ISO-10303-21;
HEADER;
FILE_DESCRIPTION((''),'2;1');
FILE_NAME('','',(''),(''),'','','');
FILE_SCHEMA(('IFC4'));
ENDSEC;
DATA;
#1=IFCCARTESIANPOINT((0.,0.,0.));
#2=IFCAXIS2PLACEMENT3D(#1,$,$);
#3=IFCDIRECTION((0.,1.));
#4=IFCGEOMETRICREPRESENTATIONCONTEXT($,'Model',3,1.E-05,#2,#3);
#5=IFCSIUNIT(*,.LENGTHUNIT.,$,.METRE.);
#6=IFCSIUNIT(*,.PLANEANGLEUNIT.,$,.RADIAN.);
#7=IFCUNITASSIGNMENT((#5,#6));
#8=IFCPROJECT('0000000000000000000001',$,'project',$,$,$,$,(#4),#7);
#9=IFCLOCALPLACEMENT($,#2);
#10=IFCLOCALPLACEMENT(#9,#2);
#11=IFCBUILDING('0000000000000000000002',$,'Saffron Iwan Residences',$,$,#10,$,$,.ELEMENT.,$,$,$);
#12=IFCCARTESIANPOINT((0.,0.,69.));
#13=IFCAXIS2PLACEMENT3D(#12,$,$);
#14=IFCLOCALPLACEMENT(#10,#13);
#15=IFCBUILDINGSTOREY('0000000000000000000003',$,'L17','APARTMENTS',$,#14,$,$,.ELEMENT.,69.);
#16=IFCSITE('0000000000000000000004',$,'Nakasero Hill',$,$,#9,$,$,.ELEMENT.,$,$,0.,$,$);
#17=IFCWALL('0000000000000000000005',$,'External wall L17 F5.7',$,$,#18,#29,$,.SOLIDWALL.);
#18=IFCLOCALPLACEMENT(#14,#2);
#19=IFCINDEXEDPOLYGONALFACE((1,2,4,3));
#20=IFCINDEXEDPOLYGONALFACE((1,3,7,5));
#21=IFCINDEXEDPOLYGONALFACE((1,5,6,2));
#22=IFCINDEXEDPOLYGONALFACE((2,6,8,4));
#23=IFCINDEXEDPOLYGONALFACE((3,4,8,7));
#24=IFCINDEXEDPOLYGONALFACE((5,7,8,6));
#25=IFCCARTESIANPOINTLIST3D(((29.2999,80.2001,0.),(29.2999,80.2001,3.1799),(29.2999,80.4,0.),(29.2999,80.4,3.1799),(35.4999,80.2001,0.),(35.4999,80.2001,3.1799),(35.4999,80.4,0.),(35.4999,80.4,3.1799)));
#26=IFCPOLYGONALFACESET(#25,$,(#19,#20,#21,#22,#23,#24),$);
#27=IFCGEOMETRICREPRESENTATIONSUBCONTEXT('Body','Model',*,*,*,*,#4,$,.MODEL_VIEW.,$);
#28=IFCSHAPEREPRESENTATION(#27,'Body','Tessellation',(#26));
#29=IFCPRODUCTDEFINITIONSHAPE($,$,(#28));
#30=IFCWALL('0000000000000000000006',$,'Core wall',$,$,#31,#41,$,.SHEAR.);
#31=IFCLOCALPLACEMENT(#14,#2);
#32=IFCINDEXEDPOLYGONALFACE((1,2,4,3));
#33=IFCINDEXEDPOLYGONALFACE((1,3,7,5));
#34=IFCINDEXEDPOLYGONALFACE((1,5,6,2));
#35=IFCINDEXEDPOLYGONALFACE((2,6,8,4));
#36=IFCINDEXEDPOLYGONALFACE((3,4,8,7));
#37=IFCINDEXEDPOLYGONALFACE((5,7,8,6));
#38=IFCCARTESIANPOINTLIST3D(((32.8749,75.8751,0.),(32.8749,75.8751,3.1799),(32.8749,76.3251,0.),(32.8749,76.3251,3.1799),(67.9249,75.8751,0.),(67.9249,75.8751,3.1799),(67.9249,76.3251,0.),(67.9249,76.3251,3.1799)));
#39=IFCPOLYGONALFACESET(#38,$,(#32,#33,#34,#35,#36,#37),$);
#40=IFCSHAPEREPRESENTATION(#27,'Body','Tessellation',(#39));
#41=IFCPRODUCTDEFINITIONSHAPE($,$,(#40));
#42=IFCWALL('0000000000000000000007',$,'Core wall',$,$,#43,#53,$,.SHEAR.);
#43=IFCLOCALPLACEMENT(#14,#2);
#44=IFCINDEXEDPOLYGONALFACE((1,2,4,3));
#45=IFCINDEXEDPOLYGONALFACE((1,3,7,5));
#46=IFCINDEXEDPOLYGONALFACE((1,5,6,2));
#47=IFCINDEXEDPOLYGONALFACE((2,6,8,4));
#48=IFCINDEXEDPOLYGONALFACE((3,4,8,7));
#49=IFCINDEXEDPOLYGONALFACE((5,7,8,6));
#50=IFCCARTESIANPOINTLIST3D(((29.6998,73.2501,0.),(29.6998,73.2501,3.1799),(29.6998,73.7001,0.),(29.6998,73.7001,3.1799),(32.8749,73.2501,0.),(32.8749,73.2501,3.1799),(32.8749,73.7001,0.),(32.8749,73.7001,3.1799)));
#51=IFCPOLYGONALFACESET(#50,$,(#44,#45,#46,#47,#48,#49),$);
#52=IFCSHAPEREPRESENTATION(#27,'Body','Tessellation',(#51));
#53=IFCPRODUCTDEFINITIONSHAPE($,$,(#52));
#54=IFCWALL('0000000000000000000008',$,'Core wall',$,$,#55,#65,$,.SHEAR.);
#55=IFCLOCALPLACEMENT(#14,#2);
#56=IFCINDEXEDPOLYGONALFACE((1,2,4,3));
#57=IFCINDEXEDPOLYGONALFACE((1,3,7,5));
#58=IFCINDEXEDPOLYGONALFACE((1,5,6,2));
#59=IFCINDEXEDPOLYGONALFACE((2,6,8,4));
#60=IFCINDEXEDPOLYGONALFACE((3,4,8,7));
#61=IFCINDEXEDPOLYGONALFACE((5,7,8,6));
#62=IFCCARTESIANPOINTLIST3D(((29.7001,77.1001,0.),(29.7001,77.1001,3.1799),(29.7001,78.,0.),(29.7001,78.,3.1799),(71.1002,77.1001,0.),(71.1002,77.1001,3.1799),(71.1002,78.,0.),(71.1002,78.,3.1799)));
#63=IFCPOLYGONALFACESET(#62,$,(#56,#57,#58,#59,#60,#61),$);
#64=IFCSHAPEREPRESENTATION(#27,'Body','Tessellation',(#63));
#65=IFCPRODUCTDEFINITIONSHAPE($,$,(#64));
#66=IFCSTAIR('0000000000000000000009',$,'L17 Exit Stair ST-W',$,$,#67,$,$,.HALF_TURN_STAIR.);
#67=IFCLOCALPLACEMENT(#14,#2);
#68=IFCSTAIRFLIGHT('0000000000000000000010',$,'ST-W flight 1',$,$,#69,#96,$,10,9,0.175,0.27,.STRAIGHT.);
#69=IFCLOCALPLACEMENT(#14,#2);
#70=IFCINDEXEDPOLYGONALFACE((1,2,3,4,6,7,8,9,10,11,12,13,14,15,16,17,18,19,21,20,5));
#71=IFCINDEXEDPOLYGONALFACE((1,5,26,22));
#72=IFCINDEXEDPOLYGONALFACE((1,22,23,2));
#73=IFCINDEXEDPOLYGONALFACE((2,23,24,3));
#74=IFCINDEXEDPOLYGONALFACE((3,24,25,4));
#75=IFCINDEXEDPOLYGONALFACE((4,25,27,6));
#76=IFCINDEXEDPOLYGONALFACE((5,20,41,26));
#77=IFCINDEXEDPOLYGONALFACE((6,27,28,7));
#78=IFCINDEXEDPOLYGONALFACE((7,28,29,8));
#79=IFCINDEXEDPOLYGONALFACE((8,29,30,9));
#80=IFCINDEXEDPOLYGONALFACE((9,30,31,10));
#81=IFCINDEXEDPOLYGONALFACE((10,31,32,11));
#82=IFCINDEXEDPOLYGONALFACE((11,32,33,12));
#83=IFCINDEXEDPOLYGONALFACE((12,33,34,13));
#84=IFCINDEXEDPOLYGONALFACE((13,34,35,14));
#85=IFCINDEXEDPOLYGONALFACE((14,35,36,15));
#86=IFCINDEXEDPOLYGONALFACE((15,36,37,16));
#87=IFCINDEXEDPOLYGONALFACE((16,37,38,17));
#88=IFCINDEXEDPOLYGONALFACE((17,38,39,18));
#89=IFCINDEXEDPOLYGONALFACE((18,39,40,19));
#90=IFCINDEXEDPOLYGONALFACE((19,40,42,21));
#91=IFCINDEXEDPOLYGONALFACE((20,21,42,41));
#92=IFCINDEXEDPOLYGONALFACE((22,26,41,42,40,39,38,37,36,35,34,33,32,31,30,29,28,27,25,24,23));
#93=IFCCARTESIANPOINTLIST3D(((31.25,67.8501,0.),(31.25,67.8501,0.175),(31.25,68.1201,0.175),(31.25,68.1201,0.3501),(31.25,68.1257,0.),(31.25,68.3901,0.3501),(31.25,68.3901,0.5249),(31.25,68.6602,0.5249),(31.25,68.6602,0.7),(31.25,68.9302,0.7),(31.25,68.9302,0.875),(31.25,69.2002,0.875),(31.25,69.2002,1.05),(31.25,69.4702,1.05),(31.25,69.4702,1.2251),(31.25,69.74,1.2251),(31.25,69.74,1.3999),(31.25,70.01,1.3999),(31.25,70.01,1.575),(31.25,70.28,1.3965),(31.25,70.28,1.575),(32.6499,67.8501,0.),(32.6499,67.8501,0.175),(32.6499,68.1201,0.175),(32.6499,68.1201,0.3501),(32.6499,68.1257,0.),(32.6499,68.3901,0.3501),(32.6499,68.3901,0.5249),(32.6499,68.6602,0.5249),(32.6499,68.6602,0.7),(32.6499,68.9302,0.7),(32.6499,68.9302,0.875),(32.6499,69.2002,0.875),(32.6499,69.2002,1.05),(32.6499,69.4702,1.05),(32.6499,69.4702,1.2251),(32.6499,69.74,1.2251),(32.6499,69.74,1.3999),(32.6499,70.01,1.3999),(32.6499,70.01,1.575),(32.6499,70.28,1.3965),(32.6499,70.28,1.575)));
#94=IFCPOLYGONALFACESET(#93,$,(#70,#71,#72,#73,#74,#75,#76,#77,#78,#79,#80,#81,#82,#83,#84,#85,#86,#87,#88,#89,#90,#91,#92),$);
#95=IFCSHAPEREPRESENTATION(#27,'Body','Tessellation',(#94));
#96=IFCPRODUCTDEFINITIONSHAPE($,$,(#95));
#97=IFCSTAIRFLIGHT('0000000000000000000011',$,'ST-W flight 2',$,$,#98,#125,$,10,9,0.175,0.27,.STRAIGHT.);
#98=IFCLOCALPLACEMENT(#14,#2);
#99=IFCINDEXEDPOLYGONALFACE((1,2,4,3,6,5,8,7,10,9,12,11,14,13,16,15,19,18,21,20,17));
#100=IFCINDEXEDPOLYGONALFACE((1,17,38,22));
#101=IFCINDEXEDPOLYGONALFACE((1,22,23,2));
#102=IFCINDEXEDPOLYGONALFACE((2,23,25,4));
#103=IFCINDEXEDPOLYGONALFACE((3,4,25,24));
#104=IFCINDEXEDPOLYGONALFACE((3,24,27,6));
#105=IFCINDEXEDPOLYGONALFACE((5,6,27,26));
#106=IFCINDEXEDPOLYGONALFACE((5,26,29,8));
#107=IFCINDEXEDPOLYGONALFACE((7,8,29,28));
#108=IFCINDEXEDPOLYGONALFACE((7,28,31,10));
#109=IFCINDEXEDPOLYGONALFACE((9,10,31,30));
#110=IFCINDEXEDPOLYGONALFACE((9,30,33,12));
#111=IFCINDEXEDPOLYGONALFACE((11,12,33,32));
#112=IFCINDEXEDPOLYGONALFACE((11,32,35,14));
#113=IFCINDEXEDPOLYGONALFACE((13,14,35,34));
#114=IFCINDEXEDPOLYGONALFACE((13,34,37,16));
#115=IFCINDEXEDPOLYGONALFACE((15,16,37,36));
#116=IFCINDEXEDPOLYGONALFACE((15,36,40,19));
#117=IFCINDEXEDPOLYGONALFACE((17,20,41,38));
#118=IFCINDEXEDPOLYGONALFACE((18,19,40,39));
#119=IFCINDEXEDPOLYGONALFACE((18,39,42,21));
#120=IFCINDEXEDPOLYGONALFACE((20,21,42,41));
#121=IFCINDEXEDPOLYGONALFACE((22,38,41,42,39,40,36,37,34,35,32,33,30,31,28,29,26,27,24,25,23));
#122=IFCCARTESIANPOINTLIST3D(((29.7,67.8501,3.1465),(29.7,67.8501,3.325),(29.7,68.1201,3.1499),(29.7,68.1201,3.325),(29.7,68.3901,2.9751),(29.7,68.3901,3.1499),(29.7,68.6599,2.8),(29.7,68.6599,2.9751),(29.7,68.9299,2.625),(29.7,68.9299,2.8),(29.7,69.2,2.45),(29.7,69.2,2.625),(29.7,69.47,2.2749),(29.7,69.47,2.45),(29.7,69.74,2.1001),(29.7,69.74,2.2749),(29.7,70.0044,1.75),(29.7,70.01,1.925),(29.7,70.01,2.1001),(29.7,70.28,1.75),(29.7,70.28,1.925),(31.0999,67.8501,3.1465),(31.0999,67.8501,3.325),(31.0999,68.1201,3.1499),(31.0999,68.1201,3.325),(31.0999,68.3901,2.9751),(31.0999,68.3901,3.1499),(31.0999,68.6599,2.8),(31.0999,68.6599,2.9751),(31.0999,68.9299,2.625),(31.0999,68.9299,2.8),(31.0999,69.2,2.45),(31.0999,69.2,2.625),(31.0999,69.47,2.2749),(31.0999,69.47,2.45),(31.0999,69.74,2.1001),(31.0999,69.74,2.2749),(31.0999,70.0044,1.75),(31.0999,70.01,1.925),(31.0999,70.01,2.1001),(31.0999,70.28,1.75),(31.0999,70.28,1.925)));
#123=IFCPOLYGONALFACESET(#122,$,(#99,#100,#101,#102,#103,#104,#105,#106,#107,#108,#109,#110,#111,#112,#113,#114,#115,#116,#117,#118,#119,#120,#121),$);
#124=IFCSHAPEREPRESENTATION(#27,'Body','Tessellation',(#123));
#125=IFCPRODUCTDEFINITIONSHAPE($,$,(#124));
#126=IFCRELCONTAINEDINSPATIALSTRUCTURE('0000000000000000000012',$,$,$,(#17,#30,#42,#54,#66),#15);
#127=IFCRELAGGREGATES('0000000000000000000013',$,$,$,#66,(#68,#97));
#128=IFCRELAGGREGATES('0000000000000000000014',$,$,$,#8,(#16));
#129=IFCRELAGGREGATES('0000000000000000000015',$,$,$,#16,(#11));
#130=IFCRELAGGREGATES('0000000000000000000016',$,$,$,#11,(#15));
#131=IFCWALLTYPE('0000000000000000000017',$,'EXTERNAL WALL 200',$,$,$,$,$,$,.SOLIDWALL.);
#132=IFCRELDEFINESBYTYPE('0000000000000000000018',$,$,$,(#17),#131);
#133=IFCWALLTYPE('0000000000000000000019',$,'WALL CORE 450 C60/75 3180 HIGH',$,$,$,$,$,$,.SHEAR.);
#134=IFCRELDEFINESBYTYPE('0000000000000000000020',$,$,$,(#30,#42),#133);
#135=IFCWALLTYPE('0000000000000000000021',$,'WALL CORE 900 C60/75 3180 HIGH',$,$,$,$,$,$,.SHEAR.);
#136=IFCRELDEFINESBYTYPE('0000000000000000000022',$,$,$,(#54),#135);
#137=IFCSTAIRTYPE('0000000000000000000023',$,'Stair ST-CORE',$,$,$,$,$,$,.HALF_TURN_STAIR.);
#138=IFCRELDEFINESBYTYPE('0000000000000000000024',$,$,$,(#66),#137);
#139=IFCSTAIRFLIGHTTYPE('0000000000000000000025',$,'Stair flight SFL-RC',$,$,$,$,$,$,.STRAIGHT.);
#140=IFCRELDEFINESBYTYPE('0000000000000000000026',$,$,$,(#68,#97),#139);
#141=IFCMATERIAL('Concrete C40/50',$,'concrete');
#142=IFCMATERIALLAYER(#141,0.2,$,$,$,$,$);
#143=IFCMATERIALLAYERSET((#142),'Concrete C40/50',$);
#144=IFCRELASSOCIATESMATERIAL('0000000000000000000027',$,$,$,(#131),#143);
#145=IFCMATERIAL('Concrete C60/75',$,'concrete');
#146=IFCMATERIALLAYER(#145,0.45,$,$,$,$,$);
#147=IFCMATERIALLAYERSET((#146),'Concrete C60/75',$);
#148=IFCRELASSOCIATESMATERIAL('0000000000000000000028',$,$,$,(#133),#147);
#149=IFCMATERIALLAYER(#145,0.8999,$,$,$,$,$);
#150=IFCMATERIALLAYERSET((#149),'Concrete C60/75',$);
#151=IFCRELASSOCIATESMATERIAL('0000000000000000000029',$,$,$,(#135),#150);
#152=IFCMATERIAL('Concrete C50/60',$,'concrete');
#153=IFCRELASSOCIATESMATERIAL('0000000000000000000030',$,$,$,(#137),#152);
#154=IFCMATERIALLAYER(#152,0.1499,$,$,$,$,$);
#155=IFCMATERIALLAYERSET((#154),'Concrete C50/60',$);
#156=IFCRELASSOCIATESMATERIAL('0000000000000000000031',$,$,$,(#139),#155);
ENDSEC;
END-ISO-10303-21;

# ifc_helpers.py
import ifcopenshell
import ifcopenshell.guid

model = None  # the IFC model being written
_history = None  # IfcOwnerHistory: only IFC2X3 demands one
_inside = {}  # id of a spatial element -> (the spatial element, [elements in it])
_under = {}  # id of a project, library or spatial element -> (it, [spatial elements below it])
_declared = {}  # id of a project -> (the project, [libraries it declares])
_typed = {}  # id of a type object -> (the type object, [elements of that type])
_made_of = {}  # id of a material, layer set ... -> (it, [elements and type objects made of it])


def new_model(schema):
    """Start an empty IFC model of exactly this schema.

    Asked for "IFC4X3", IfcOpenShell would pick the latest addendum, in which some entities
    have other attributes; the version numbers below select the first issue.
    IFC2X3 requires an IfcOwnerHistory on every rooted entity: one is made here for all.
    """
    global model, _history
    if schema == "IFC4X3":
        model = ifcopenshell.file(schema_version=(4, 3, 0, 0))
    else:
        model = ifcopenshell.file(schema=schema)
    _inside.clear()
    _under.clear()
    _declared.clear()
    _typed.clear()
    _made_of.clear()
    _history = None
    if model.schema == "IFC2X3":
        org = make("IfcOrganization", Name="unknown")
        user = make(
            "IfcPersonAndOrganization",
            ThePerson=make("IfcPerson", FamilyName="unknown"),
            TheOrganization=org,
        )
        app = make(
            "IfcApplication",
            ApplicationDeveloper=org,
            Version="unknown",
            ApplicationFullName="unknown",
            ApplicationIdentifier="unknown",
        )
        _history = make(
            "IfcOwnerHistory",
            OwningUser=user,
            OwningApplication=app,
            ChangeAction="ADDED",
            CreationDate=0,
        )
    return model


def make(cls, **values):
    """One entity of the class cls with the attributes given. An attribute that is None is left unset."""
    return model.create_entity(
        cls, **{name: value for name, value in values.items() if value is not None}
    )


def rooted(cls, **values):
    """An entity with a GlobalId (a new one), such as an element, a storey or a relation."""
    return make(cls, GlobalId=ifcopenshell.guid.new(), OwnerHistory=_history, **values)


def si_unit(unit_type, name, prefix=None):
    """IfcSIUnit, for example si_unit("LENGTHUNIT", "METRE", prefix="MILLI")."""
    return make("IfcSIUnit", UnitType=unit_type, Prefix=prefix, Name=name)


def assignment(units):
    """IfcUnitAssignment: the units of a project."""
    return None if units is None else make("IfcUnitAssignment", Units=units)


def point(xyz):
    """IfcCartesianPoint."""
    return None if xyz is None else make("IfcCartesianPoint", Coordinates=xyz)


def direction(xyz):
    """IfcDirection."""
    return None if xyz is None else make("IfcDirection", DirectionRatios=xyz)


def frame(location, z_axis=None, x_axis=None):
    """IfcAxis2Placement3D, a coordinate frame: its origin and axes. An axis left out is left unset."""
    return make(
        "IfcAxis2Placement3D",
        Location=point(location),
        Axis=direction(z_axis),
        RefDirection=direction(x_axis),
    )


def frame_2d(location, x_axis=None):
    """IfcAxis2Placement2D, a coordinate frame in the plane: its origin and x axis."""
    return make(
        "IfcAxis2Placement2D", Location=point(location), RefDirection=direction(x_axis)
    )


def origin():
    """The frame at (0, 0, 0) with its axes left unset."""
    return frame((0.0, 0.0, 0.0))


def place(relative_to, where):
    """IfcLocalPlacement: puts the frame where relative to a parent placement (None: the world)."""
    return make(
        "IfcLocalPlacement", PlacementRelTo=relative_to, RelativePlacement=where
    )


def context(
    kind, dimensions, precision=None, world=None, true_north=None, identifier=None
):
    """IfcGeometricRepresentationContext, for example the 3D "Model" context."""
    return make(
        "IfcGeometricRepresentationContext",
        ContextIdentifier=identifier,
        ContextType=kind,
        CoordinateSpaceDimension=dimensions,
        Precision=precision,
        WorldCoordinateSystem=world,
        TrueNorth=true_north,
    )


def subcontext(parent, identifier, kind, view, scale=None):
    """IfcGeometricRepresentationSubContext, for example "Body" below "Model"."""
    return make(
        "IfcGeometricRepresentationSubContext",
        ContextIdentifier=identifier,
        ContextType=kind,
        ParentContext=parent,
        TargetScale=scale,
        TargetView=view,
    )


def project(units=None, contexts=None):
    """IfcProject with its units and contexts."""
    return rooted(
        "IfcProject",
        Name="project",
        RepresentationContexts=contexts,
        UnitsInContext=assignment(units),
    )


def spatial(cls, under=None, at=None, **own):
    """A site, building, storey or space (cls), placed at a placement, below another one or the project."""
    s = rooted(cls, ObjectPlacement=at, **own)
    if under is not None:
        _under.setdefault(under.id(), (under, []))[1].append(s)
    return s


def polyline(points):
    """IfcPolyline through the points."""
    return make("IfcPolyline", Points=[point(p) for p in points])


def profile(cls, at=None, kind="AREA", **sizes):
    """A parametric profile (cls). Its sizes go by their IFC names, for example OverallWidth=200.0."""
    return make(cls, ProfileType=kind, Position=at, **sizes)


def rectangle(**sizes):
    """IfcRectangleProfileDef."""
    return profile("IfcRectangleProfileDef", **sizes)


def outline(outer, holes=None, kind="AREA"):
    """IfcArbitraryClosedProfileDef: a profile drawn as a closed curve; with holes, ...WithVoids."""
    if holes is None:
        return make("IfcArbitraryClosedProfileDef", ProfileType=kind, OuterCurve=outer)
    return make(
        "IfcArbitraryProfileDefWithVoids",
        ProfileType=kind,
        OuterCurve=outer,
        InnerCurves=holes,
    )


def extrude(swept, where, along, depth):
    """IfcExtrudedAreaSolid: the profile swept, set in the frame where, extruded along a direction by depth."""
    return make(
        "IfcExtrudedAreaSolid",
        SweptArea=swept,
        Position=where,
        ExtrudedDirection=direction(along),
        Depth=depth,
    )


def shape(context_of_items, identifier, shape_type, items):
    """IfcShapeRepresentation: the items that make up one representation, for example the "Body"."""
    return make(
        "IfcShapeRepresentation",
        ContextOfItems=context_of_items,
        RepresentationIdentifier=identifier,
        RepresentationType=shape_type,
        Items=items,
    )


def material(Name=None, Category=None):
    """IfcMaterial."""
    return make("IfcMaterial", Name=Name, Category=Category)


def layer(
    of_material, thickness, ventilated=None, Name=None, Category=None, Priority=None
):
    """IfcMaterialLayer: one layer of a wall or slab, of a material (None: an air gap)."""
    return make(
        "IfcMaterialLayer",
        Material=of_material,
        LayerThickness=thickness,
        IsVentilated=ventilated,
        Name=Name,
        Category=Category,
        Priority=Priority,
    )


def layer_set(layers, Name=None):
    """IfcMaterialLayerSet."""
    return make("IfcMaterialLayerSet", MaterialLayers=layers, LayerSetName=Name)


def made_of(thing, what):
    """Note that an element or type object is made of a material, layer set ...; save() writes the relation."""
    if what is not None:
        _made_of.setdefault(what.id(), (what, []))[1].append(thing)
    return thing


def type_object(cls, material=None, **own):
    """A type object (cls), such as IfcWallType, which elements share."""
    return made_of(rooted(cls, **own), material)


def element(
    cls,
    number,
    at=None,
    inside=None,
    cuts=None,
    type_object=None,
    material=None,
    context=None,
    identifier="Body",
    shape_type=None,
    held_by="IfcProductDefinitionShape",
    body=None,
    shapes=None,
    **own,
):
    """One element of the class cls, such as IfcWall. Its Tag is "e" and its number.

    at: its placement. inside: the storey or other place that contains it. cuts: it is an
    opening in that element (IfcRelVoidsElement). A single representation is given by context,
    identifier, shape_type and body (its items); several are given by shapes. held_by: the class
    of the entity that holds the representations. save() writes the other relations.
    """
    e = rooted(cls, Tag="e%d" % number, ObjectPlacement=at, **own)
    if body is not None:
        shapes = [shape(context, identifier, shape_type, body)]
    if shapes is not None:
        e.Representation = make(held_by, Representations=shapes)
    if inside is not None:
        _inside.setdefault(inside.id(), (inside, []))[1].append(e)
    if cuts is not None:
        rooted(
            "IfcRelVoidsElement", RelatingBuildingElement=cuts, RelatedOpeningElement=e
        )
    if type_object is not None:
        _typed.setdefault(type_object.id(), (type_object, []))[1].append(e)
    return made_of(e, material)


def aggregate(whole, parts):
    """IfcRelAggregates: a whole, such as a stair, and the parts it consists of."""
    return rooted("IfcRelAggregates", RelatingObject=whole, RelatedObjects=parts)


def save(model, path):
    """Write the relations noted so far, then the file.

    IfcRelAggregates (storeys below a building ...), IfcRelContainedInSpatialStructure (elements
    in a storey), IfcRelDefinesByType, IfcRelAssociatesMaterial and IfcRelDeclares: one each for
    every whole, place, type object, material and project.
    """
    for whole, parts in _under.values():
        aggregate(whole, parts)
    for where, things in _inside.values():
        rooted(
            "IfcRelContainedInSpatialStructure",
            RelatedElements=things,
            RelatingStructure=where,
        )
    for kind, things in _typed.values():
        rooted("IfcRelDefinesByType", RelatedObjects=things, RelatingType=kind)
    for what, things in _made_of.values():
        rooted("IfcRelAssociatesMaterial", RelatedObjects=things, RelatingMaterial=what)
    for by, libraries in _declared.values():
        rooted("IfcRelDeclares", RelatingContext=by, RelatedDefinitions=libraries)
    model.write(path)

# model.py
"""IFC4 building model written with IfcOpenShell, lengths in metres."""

from ifc_helpers import new_model, si_unit, direction, frame, frame_2d, origin, place, context, subcontext, project, spatial, polyline, rectangle, outline, extrude, material, layer, layer_set, type_object, element, aggregate, save


model = new_model("IFC4")

# Units and contexts
model_context = context("Model", 3, precision=1e-05, world=origin(), true_north=direction((0.0, 1.0)))
body_context = subcontext(model_context, "Body", "Model", "MODEL_VIEW")
ifc_project = project(units=[si_unit("LENGTHUNIT", "METRE"), si_unit("PLANEANGLEUNIT", "RADIAN")], contexts=[model_context])

# Site, building, storey
site_placement = place(None, origin())
site = spatial("IfcSite", under=ifc_project, at=site_placement, Name="Nakasero Hill", CompositionType="ELEMENT", RefElevation=0.0)
building_placement = place(site_placement, origin())
building = spatial("IfcBuilding", under=site, at=building_placement, Name="Saffron Iwan Residences", CompositionType="ELEMENT")
storey_placement = place(building_placement, frame((0.0, 0.0, 69.0)))
storey = spatial("IfcBuildingStorey", under=building, at=storey_placement, Name="L17", Description="APARTMENTS", CompositionType="ELEMENT", Elevation=69.0)

# Wall
ifc_material_1 = material(Name="Concrete C40/50", Category="concrete")
ifc_layer_1 = layer(ifc_material_1, 0.2)
ifc_layer_set_1 = layer_set([ifc_layer_1], Name="Concrete C40/50")
wall_type_1 = type_object("IfcWallType", Name="EXTERNAL WALL 200", PredefinedType="SOLIDWALL", material=ifc_layer_set_1)
wall_1_placement = place(storey_placement, frame((35.5, 80.3, 0.0), z_axis=(0.0, 0.0, 1.0), x_axis=(-1.0, 0.0, 0.0)))
element("IfcWall", 1, at=wall_1_placement, inside=storey, type_object=wall_type_1, Name="External wall L17 F5.7", PredefinedType="SOLIDWALL", context=body_context, shape_type="SweptSolid", body=[
    extrude(rectangle(XDim=6.2, YDim=0.2, at=frame_2d((3.1001, 0.0))), origin(), (0.0, 0.0, 1.0), 3.1799),
])

# Shared definitions
ifc_material_2 = material(Name="Concrete C60/75", Category="concrete")
ifc_layer_2 = layer(ifc_material_2, 0.45)
ifc_layer_set_2 = layer_set([ifc_layer_2], Name="Concrete C60/75")
wall_type_2 = type_object("IfcWallType", Name="WALL CORE 450 C60/75 3180 HIGH", PredefinedType="SHEAR", material=ifc_layer_set_2)

# Walls
wall_2_placement = place(storey_placement, frame((32.875, 76.1001, 0.0), z_axis=(0.0, 0.0, 1.0), x_axis=(1.0, 0.0, 0.0)))
element("IfcWall", 2, at=wall_2_placement, inside=storey, type_object=wall_type_2, Name="Core wall", PredefinedType="SHEAR", context=body_context, shape_type="SweptSolid", body=[
    extrude(rectangle(XDim=35.05, YDim=0.45, at=frame_2d((17.5249, 0.0))), origin(), (0.0, 0.0, 1.0), 3.1799),
])
wall_3_placement = place(storey_placement, frame((29.7, 73.4751, 0.0), z_axis=(0.0, 0.0, 1.0), x_axis=(1.0, 0.0, 0.0)))
element("IfcWall", 3, at=wall_3_placement, inside=storey, type_object=wall_type_2, Name="Core wall", PredefinedType="SHEAR", context=body_context, shape_type="SweptSolid", body=[
    extrude(rectangle(XDim=3.175, YDim=0.45, at=frame_2d((1.5874, 0.0))), origin(), (0.0, 0.0, 1.0), 3.1799),
])
ifc_layer_3 = layer(ifc_material_2, 0.8999)
ifc_layer_set_3 = layer_set([ifc_layer_3], Name="Concrete C60/75")
wall_type_3 = type_object("IfcWallType", Name="WALL CORE 900 C60/75 3180 HIGH", PredefinedType="SHEAR", material=ifc_layer_set_3)
wall_4_placement = place(storey_placement, frame((29.7, 77.55, 0.0), z_axis=(0.0, 0.0, 1.0), x_axis=(1.0, 0.0, 0.0)))
element("IfcWall", 4, at=wall_4_placement, inside=storey, type_object=wall_type_3, Name="Core wall", PredefinedType="SHEAR", context=body_context, shape_type="SweptSolid", body=[
    extrude(rectangle(XDim=41.4001, YDim=0.8999, at=frame_2d((20.7002, 0.0))), origin(), (0.0, 0.0, 1.0), 3.1799),
])

# Stair, stair flights
ifc_material_3 = material(Name="Concrete C50/60", Category="concrete")
stair_type = type_object("IfcStairType", Name="Stair ST-CORE", PredefinedType="HALF_TURN_STAIR", material=ifc_material_3)
stair_placement = place(storey_placement, origin())
stair = element("IfcStair", 5, at=stair_placement, inside=storey, type_object=stair_type, Name="L17 Exit Stair ST-W", PredefinedType="HALF_TURN_STAIR")
ifc_layer_4 = layer(ifc_material_3, 0.1499)
ifc_layer_set_4 = layer_set([ifc_layer_4], Name="Concrete C50/60")
stair_flight_type = type_object("IfcStairFlightType", Name="Stair flight SFL-RC", PredefinedType="STRAIGHT", material=ifc_layer_set_4)
stair_flight_1_placement = place(storey_placement, frame((31.95, 67.8501, 0.0), z_axis=(0.0, 0.0, 1.0), x_axis=(0.0, 1.0, 0.0)))
stair_flight_1 = element("IfcStairFlight", 6, at=stair_flight_1_placement, type_object=stair_flight_type, Name="ST-W flight 1", NumberOfRisers=10, NumberOfTreads=9, PredefinedType="STRAIGHT", RiserHeight=0.175, TreadLength=0.27, context=body_context, shape_type="SweptSolid", body=[
    extrude(outline(polyline([(0.0, 0.0), (0.0, 0.175), (0.27, 0.175), (0.27, 0.3501), (0.54, 0.3501), (0.54, 0.5249), (0.8101, 0.5249), (0.8101, 0.7), (1.0801, 0.7), (1.0801, 0.875), (1.3501, 0.875), (1.3501, 1.05), (1.6201, 1.05), (1.6201, 1.2251), (1.8899, 1.2251), (1.8899, 1.3999), (2.1599, 1.3999), (2.1599, 1.575), (2.4299, 1.575), (2.4299, 1.75), (2.4299, 1.3965), (0.2756, 0.0), (0.0, 0.0)])), frame((0.0, 0.7, 0.0), z_axis=(0.0, -1.0, 0.0), x_axis=(1.0, 0.0, 0.0)), (0.0, 0.0, 1.0), 1.3999),
])
stair_flight_2_placement = place(storey_placement, frame((30.3999, 70.28, 1.75), z_axis=(0.0, 0.0, 1.0), x_axis=(0.0, -1.0, 0.0)))
stair_flight_2 = element("IfcStairFlight", 7, at=stair_flight_2_placement, type_object=stair_flight_type, Name="ST-W flight 2", NumberOfRisers=10, NumberOfTreads=9, PredefinedType="STRAIGHT", RiserHeight=0.175, TreadLength=0.27, context=body_context, shape_type="SweptSolid", body=[
    extrude(outline(polyline([(0.0, 0.0), (0.0, 0.175), (0.27, 0.175), (0.27, 0.3501), (0.54, 0.3501), (0.54, 0.5249), (0.8101, 0.5249), (0.8101, 0.7), (1.0801, 0.7), (1.0801, 0.875), (1.3501, 0.875), (1.3501, 1.05), (1.6201, 1.05), (1.6201, 1.2251), (1.8899, 1.2251), (1.8899, 1.3999), (2.1599, 1.3999), (2.1599, 1.575), (2.4299, 1.575), (2.4299, 1.75), (2.4299, 1.3965), (0.2756, 0.0), (0.0, 0.0)])), frame((0.0, 0.7, 0.0), z_axis=(0.0, -1.0, 0.0), x_axis=(1.0, 0.0, 0.0)), (0.0, 0.0, 1.0), 1.3999),
])
aggregate(stair, [stair_flight_1, stair_flight_2])

save(model, "model.ifc")
